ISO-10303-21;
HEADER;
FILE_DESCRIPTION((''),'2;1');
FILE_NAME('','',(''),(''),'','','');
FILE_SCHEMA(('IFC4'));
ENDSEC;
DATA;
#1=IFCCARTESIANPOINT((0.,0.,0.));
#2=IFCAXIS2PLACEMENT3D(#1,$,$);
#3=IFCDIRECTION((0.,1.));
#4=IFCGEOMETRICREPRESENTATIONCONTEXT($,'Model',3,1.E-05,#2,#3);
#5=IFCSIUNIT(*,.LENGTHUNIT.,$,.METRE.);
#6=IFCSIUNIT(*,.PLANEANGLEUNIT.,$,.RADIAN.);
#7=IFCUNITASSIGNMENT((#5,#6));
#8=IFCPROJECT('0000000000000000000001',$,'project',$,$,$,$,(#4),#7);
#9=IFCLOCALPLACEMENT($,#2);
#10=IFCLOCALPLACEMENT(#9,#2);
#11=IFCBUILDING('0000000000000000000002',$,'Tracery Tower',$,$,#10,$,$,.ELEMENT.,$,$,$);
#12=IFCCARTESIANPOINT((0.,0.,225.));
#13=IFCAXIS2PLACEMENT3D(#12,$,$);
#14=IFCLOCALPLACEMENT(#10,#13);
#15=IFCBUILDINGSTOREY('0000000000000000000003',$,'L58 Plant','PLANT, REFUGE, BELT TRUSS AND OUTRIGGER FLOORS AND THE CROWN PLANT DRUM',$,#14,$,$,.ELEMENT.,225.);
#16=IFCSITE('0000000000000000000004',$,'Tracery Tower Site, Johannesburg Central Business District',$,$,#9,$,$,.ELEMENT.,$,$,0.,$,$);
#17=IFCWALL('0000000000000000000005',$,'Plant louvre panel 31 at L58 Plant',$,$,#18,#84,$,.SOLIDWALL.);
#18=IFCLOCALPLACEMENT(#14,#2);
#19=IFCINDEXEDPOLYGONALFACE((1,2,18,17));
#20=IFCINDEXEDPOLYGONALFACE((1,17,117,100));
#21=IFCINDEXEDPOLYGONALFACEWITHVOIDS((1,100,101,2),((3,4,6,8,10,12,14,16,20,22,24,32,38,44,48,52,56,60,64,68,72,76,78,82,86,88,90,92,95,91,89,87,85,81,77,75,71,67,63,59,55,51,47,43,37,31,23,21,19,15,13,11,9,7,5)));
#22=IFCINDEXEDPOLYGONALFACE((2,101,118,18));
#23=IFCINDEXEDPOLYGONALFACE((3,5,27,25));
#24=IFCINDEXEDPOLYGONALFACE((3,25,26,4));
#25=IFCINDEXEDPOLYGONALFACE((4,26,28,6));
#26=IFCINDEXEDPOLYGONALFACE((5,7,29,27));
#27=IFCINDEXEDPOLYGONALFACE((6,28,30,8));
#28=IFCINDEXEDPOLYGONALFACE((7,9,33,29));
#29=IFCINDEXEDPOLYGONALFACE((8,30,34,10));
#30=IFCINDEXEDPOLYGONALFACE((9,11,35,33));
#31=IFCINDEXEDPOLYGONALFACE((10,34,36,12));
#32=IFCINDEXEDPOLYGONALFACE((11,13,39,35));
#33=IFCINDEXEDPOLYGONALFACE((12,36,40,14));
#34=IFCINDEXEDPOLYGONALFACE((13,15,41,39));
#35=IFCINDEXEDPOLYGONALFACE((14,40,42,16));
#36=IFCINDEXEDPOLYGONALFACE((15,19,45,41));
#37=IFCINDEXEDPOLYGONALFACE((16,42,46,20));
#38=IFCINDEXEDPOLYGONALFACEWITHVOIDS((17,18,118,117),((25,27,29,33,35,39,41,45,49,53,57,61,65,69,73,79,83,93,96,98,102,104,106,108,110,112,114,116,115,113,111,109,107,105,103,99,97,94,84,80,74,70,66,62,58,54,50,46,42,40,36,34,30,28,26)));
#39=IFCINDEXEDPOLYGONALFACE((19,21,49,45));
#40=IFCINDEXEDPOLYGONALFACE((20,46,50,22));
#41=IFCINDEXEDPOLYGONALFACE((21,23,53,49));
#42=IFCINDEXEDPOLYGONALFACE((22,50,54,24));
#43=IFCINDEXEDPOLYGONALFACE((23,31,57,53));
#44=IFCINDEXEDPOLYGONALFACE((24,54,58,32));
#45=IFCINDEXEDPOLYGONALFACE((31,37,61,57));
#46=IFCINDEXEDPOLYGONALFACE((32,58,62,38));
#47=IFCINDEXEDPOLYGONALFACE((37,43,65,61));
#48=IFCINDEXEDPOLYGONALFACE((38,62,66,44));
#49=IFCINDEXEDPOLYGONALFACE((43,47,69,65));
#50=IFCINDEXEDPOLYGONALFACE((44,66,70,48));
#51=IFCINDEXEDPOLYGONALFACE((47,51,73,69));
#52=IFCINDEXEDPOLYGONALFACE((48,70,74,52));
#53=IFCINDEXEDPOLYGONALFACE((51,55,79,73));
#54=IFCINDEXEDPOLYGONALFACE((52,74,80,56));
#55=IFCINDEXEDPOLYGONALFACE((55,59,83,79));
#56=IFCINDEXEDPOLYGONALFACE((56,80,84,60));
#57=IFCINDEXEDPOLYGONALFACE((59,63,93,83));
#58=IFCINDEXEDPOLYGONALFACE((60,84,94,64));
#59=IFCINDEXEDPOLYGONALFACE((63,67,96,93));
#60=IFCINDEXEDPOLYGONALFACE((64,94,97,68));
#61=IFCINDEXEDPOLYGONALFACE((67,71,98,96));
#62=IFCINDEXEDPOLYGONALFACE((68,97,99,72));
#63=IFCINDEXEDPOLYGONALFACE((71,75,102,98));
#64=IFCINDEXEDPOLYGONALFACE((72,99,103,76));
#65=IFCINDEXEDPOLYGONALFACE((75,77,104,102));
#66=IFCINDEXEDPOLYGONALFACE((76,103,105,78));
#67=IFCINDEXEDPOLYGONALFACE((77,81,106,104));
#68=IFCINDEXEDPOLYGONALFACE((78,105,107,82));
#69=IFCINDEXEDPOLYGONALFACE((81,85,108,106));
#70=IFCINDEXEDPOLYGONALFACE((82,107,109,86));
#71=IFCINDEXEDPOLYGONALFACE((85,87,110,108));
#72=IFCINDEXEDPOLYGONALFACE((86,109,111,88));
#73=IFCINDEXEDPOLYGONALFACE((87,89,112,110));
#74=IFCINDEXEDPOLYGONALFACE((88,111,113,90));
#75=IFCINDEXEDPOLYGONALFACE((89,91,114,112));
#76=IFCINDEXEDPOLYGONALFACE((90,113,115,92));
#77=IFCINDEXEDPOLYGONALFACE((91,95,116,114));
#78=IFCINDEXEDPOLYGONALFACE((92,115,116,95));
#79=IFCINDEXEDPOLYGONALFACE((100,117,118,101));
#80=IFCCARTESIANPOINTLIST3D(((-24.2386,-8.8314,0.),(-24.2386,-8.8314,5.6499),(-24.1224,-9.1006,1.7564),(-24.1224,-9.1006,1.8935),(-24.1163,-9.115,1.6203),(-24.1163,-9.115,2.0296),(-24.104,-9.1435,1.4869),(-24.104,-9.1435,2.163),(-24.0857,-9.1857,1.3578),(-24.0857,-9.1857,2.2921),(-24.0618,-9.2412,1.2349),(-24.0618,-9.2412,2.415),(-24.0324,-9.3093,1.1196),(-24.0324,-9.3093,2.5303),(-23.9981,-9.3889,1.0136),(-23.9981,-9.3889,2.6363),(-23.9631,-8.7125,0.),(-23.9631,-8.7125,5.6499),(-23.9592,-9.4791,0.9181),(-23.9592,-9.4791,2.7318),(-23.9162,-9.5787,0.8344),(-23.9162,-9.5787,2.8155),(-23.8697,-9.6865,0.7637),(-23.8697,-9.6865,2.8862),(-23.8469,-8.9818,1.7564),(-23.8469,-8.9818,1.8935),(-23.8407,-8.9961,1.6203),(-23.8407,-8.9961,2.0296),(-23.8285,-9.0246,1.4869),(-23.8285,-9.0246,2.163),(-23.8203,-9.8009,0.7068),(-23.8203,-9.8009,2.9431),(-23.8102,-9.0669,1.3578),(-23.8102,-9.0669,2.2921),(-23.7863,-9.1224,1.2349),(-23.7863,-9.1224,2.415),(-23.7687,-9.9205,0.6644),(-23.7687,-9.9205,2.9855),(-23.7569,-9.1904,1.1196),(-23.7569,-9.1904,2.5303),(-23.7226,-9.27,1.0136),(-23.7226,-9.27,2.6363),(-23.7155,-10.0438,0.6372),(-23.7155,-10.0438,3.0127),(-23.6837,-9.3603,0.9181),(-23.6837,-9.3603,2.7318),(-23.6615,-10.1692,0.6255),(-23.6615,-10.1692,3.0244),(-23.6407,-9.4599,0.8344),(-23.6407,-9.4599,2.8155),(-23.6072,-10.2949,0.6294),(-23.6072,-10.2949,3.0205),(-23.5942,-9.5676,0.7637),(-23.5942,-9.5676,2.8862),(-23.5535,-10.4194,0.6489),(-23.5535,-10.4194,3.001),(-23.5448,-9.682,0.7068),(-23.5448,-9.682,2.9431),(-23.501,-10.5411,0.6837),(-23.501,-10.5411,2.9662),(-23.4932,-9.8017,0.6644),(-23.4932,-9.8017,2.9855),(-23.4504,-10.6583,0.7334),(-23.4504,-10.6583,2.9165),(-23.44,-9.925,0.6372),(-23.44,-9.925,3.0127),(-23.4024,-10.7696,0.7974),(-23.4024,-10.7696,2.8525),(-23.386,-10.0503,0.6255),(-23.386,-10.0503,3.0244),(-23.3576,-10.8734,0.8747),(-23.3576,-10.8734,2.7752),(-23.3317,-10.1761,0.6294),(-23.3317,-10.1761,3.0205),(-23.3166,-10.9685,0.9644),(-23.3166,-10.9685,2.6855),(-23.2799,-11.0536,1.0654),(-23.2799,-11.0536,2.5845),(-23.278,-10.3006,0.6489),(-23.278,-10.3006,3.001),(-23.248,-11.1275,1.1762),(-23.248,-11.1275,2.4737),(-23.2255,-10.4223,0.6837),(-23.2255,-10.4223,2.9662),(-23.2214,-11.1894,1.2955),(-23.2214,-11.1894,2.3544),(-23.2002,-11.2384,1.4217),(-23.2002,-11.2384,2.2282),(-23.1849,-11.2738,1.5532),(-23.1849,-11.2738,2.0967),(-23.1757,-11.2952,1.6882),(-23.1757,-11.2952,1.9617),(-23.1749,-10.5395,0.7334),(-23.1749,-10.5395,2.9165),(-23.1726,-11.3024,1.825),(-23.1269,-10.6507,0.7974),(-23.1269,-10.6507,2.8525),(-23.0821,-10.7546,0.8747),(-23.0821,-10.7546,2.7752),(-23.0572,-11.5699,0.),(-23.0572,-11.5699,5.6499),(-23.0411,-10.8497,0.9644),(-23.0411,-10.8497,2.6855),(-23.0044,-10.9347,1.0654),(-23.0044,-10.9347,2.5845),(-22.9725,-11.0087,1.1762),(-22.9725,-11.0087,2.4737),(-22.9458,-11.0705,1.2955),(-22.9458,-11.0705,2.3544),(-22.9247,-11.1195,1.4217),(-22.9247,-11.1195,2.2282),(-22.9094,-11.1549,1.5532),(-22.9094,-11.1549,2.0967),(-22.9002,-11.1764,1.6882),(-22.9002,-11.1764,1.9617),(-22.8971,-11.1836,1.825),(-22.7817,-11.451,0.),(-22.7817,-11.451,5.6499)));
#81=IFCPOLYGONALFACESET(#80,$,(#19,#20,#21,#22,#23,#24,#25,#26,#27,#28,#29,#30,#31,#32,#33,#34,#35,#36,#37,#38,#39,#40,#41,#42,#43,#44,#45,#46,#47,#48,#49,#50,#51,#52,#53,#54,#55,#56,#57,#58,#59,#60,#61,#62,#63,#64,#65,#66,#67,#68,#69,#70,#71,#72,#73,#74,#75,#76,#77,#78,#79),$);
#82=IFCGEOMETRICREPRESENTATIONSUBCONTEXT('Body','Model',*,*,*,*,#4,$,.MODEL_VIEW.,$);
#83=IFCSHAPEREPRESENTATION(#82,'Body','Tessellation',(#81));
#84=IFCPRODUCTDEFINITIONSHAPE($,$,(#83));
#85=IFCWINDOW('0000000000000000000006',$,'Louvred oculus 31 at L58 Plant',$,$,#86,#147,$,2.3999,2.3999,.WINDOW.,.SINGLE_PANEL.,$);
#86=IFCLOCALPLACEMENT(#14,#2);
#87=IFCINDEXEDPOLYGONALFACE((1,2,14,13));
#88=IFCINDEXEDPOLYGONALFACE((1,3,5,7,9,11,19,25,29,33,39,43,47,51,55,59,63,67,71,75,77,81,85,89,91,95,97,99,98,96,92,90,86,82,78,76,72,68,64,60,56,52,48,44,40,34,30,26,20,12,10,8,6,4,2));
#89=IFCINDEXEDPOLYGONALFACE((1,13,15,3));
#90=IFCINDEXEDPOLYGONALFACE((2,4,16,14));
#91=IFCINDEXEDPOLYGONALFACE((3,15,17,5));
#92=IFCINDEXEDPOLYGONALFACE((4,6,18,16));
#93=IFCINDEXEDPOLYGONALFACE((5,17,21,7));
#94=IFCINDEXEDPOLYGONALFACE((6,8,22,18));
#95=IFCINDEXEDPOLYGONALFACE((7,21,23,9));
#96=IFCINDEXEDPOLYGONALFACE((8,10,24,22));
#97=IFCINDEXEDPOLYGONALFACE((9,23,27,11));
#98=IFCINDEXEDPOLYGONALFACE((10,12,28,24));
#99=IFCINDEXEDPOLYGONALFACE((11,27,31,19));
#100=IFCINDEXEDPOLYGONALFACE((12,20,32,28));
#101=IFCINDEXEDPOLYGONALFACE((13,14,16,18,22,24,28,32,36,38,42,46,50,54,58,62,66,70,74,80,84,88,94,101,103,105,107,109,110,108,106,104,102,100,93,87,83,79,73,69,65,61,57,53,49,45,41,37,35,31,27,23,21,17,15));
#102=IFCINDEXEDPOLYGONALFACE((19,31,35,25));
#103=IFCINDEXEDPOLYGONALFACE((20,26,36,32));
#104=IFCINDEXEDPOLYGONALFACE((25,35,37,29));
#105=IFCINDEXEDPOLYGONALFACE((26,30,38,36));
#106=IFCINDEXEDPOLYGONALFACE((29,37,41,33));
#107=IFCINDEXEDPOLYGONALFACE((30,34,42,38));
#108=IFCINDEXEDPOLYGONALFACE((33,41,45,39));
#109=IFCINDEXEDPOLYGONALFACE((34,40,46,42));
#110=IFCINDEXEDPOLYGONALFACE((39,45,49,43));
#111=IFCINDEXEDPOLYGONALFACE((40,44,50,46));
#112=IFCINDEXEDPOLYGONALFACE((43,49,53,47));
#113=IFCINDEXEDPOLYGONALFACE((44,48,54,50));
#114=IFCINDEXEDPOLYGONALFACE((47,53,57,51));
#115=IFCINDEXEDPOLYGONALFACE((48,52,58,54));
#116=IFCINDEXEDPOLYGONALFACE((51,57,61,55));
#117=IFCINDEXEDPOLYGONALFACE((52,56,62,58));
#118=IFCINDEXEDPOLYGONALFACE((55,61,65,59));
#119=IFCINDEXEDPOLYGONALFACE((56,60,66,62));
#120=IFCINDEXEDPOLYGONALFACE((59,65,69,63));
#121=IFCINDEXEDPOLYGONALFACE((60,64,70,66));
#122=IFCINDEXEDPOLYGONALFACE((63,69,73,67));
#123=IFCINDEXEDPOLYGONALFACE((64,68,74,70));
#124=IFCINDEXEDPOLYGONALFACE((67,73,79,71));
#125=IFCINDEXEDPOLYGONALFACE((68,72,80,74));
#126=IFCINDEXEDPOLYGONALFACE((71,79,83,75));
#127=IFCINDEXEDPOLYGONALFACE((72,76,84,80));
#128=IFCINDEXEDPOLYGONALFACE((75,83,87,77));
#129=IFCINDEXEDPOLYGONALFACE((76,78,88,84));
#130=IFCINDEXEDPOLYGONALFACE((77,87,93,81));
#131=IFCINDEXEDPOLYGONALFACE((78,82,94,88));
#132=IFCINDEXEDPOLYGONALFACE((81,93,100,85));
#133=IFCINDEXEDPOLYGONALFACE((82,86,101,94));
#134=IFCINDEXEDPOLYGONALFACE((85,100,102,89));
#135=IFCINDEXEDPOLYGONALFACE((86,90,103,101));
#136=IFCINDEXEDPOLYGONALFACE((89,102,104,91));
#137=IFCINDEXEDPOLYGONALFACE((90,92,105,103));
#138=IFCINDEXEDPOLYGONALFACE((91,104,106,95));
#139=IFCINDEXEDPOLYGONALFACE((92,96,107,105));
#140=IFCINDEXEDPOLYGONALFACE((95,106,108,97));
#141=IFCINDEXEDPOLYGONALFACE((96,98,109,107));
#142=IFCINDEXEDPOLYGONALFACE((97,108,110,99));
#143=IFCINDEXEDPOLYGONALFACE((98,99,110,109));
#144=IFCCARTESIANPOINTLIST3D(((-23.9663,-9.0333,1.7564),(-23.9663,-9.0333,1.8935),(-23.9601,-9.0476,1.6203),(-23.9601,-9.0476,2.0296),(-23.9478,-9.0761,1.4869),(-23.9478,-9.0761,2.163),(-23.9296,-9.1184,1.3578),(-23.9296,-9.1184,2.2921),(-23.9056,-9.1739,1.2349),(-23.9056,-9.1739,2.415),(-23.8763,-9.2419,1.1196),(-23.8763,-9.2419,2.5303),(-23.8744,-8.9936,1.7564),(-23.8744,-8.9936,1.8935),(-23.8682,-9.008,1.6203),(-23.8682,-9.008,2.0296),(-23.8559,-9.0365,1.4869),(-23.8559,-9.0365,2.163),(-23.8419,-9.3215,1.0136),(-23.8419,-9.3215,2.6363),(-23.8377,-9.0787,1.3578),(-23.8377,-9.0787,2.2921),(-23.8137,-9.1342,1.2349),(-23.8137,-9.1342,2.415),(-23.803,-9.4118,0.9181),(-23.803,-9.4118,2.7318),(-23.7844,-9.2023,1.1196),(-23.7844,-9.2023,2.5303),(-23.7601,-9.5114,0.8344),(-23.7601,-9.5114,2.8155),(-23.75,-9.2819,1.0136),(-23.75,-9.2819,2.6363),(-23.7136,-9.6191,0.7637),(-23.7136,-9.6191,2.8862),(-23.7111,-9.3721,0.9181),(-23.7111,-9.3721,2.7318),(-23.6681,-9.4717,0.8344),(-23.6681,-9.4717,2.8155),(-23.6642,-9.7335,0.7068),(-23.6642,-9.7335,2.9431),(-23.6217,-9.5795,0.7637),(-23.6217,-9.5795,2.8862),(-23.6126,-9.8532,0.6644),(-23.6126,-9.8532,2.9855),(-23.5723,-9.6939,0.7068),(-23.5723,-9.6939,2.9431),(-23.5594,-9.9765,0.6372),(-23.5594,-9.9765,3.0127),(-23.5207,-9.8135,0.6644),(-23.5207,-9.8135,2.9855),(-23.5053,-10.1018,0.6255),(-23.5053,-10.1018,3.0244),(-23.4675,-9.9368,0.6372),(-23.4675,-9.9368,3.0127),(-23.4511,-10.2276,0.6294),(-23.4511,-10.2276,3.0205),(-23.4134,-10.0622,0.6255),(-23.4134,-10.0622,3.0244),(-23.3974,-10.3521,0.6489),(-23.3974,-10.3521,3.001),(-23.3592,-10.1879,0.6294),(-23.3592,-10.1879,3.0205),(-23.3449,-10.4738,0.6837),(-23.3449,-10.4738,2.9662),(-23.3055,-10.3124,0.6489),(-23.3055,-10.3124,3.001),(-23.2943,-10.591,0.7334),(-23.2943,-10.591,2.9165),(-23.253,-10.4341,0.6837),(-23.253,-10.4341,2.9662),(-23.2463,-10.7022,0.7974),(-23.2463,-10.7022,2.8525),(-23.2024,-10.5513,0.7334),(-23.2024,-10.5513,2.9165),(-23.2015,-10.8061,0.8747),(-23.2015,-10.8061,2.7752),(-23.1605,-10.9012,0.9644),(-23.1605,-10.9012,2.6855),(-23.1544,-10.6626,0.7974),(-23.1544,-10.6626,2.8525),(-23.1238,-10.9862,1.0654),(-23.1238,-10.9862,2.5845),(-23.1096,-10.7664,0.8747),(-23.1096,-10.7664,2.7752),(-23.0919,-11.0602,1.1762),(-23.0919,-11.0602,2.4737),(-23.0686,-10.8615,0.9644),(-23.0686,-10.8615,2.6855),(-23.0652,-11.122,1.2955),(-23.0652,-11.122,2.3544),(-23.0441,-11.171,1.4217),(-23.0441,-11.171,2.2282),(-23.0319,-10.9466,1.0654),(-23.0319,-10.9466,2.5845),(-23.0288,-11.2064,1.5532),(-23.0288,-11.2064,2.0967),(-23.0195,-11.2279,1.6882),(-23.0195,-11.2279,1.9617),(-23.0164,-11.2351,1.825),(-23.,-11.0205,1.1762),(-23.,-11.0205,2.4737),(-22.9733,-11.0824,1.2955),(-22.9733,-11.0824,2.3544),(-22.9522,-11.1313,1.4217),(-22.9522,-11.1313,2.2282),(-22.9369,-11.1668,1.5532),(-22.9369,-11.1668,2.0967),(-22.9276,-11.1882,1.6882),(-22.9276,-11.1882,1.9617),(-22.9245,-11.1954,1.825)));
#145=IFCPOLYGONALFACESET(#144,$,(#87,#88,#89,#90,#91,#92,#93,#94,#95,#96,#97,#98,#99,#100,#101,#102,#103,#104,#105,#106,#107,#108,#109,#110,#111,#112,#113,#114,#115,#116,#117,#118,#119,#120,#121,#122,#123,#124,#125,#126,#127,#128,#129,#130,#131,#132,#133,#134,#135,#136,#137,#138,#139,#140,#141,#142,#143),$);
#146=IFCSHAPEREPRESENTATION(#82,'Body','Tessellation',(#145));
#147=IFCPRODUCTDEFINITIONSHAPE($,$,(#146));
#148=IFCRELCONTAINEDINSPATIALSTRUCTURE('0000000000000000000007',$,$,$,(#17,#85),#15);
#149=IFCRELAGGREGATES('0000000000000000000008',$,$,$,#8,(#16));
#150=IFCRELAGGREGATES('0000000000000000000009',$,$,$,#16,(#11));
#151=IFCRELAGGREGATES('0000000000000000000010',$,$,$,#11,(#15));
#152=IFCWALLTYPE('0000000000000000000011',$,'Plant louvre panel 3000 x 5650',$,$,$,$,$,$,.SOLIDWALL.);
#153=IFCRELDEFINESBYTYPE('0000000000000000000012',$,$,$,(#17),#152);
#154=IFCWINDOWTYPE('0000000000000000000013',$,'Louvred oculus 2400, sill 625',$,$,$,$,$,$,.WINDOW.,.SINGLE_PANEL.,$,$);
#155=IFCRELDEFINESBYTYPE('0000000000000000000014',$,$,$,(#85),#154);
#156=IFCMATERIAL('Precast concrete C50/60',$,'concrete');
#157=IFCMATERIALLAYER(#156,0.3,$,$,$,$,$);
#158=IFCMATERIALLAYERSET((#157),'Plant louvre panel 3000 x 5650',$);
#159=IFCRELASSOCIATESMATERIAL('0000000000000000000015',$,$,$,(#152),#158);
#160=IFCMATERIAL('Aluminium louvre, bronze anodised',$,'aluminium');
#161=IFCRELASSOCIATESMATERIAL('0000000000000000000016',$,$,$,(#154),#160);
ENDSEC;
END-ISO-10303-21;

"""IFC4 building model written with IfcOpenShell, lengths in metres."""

from ifc_helpers import new_model, si_unit, direction, frame, frame_2d, origin, origin_2d, place, context, subcontext, project, spatial, rectangle, circle, extrude, material, layer, layer_set, type_object, element, fill, save


model = new_model("IFC4")

# Units and contexts
model_context = context("Model", 3, precision=1e-05, world=origin(), true_north=direction((0.0, 1.0)))
body_context = subcontext(model_context, "Body", "Model", "MODEL_VIEW")
ifc_project = project(units=[si_unit("LENGTHUNIT", "METRE"), si_unit("PLANEANGLEUNIT", "RADIAN")], contexts=[model_context])

# Site, building, storey
site_placement = place(None, origin())
site = spatial("IfcSite", under=ifc_project, at=site_placement, Name="Tracery Tower Site, Johannesburg Central Business District", CompositionType="ELEMENT", RefElevation=0.0)
building_placement = place(site_placement, origin())
building = spatial("IfcBuilding", under=site, at=building_placement, Name="Tracery Tower", CompositionType="ELEMENT")
storey_placement = place(building_placement, frame((0.0, 0.0, 225.0)))
storey = spatial("IfcBuildingStorey", under=building, at=storey_placement, Name="L58 Plant", Description="PLANT, REFUGE, BELT TRUSS AND OUTRIGGER FLOORS AND THE CROWN PLANT DRUM", CompositionType="ELEMENT", Elevation=225.0)

# Wall, opening, window
ifc_material_1 = material(Name="Precast concrete C50/60", Category="concrete")
ifc_layer_1 = layer(ifc_material_1, 0.3)
ifc_layer_set_1 = layer_set([ifc_layer_1], Name="Plant louvre panel 3000 x 5650")
wall_type_1 = type_object("IfcWallType", Name="Plant louvre panel 3000 x 5650", PredefinedType="SOLIDWALL", material=ifc_layer_set_1)
ifc_material_2 = material(Name="Aluminium louvre, bronze anodised", Category="aluminium")
window_type = type_object("IfcWindowType", Name="Louvred oculus 2400, sill 625", PartitioningType="SINGLE_PANEL", PredefinedType="WINDOW", material=ifc_material_2)
wall_1_placement = place(storey_placement, frame((-24.1008, -8.772, 0.0), z_axis=(0.0, 0.0, 1.0), x_axis=(0.396111, -0.918202, 0.0)))
wall_1 = element("IfcWall", 1, at=wall_1_placement, inside=storey, type_object=wall_type_1, Name="Plant louvre panel 31 at L58 Plant", PredefinedType="SOLIDWALL", context=body_context, shape_type="SweptSolid", body=[
    extrude(rectangle(XDim=2.9824, YDim=0.3, at=frame_2d((1.4912, 0.0))), origin(), (0.0, 0.0, 1.0), 5.6499),
])
opening_1_placement = place(wall_1_placement, frame((1.4912, 0.0, 1.825)))
opening_1 = element("IfcOpeningElement", 2, at=opening_1_placement, cuts=wall_1, PredefinedType="OPENING", context=body_context, shape_type="SweptSolid", body=[
    extrude(circle(Radius=1.2, at=origin_2d()), frame((0.0, 0.1599, 0.0), z_axis=(0.0, -1.0, 0.0), x_axis=(1.0, 0.0, 0.0)), (0.0, 0.0, 1.0), 0.3201),
])
window_1_placement = place(opening_1_placement, origin())
window_1 = element("IfcWindow", 3, at=window_1_placement, inside=storey, type_object=window_type, Name="Louvred oculus 31 at L58 Plant", OverallHeight=2.3999, OverallWidth=2.3999, PartitioningType="SINGLE_PANEL", PredefinedType="WINDOW", context=body_context, shape_type="SweptSolid", body=[
    extrude(circle(Radius=1.2, at=origin_2d()), frame((0.0, 0.1201, 0.0), z_axis=(0.0, -1.0, 0.0), x_axis=(1.0, 0.0, 0.0)), (0.0, 0.0, 1.0), 0.1001),
])
fill(opening_1, window_1)

save(model, "model.ifc")
